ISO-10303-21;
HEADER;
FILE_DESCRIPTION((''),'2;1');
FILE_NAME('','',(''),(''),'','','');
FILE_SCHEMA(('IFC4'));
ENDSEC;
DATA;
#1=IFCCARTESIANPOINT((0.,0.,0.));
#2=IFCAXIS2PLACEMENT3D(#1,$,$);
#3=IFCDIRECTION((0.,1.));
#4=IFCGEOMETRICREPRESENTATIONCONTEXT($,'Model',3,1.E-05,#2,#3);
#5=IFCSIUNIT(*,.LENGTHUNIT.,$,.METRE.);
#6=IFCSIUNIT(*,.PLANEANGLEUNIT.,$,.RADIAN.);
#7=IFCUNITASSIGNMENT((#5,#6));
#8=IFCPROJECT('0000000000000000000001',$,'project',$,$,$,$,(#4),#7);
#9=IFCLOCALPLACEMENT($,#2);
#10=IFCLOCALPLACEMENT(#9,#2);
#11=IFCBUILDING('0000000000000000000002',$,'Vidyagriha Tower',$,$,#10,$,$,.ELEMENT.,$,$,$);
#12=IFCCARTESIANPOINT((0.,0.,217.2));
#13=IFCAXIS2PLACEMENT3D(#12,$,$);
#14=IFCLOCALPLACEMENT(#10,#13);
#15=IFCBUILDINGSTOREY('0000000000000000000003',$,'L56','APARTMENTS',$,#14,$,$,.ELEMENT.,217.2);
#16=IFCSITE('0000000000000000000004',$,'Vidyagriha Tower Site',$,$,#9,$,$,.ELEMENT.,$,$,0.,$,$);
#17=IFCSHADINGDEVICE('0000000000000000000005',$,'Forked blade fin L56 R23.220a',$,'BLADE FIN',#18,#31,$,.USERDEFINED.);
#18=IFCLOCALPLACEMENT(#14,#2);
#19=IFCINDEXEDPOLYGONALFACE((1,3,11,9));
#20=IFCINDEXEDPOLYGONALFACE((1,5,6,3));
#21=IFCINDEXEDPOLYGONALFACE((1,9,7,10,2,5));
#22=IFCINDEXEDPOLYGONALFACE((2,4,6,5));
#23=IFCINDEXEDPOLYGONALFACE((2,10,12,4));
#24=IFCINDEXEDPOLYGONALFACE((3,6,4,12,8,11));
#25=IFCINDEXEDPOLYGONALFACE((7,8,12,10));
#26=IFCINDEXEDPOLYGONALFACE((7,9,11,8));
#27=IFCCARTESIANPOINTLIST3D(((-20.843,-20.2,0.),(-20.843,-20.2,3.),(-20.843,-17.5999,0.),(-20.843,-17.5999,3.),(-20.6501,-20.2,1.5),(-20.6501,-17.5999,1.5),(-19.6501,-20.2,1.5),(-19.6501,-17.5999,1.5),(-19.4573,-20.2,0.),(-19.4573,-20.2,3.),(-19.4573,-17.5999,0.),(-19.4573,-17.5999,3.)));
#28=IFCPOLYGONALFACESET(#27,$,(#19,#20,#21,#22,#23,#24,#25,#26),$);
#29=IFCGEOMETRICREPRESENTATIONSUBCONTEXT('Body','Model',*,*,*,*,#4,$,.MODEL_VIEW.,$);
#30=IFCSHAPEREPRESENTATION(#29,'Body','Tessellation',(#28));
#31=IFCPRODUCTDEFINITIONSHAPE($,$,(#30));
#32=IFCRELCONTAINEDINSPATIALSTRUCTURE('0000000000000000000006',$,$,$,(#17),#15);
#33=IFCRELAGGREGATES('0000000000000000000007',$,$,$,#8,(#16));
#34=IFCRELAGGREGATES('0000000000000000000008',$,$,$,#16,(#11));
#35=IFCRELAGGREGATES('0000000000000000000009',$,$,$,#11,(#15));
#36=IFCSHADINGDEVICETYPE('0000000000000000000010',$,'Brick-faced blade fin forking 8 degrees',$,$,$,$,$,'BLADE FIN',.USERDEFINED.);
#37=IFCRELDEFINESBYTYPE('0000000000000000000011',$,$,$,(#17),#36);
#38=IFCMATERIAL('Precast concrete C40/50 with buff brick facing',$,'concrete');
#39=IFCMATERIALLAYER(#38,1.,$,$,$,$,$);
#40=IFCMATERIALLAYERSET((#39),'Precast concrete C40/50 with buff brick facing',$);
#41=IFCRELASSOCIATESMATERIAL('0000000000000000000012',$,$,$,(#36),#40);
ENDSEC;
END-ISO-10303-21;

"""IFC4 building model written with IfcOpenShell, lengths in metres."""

from ifc_helpers import new_model, si_unit, direction, frame, origin, place, context, subcontext, project, spatial, polyline, outline, extrude, material, layer, layer_set, type_object, element, save


model = new_model("IFC4")

# Units and contexts
model_context = context("Model", 3, precision=1e-05, world=origin(), true_north=direction((0.0, 1.0)))
body_context = subcontext(model_context, "Body", "Model", "MODEL_VIEW")
ifc_project = project(units=[si_unit("LENGTHUNIT", "METRE"), si_unit("PLANEANGLEUNIT", "RADIAN")], contexts=[model_context])

# Site, building, storey
site_placement = place(None, origin())
site = spatial("IfcSite", under=ifc_project, at=site_placement, Name="Vidyagriha Tower Site", CompositionType="ELEMENT", RefElevation=0.0)
building_placement = place(site_placement, origin())
building = spatial("IfcBuilding", under=site, at=building_placement, Name="Vidyagriha Tower", CompositionType="ELEMENT")
storey_placement = place(building_placement, frame((0.0, 0.0, 217.2)))
storey = spatial("IfcBuildingStorey", under=building, at=storey_placement, Name="L56", Description="APARTMENTS", CompositionType="ELEMENT", Elevation=217.2)

# Shading device
ifc_material_1 = material(Name="Precast concrete C40/50 with buff brick facing", Category="concrete")
ifc_layer_1 = layer(ifc_material_1, 1.0)
ifc_layer_set_1 = layer_set([ifc_layer_1], Name="Precast concrete C40/50 with buff brick facing")
shading_device_type_1 = type_object("IfcShadingDeviceType", Name="Brick-faced blade fin forking 8 degrees", ElementType="BLADE FIN", PredefinedType="USERDEFINED", material=ifc_layer_set_1)
shading_device_1_placement = place(storey_placement, frame((-20.843, -18.8999, 0.0)))
element("IfcShadingDevice", 1, at=shading_device_1_placement, inside=storey, type_object=shading_device_type_1, Name="Forked blade fin L56 R23.220a", ObjectType="BLADE FIN", PredefinedType="USERDEFINED", context=body_context, shape_type="SweptSolid", body=[
    extrude(outline(polyline([(0.0, 0.0), (1.3857, 0.0), (1.1929, 1.5), (1.3857, 3.0), (0.0, 3.0), (0.1929, 1.5), (0.0, 0.0)])), frame((0.0, 1.3, 0.0), z_axis=(0.0, -1.0, 0.0), x_axis=(1.0, 0.0, 0.0)), (0.0, 0.0, 1.0), 2.6001),
])

save(model, "model.ifc")
